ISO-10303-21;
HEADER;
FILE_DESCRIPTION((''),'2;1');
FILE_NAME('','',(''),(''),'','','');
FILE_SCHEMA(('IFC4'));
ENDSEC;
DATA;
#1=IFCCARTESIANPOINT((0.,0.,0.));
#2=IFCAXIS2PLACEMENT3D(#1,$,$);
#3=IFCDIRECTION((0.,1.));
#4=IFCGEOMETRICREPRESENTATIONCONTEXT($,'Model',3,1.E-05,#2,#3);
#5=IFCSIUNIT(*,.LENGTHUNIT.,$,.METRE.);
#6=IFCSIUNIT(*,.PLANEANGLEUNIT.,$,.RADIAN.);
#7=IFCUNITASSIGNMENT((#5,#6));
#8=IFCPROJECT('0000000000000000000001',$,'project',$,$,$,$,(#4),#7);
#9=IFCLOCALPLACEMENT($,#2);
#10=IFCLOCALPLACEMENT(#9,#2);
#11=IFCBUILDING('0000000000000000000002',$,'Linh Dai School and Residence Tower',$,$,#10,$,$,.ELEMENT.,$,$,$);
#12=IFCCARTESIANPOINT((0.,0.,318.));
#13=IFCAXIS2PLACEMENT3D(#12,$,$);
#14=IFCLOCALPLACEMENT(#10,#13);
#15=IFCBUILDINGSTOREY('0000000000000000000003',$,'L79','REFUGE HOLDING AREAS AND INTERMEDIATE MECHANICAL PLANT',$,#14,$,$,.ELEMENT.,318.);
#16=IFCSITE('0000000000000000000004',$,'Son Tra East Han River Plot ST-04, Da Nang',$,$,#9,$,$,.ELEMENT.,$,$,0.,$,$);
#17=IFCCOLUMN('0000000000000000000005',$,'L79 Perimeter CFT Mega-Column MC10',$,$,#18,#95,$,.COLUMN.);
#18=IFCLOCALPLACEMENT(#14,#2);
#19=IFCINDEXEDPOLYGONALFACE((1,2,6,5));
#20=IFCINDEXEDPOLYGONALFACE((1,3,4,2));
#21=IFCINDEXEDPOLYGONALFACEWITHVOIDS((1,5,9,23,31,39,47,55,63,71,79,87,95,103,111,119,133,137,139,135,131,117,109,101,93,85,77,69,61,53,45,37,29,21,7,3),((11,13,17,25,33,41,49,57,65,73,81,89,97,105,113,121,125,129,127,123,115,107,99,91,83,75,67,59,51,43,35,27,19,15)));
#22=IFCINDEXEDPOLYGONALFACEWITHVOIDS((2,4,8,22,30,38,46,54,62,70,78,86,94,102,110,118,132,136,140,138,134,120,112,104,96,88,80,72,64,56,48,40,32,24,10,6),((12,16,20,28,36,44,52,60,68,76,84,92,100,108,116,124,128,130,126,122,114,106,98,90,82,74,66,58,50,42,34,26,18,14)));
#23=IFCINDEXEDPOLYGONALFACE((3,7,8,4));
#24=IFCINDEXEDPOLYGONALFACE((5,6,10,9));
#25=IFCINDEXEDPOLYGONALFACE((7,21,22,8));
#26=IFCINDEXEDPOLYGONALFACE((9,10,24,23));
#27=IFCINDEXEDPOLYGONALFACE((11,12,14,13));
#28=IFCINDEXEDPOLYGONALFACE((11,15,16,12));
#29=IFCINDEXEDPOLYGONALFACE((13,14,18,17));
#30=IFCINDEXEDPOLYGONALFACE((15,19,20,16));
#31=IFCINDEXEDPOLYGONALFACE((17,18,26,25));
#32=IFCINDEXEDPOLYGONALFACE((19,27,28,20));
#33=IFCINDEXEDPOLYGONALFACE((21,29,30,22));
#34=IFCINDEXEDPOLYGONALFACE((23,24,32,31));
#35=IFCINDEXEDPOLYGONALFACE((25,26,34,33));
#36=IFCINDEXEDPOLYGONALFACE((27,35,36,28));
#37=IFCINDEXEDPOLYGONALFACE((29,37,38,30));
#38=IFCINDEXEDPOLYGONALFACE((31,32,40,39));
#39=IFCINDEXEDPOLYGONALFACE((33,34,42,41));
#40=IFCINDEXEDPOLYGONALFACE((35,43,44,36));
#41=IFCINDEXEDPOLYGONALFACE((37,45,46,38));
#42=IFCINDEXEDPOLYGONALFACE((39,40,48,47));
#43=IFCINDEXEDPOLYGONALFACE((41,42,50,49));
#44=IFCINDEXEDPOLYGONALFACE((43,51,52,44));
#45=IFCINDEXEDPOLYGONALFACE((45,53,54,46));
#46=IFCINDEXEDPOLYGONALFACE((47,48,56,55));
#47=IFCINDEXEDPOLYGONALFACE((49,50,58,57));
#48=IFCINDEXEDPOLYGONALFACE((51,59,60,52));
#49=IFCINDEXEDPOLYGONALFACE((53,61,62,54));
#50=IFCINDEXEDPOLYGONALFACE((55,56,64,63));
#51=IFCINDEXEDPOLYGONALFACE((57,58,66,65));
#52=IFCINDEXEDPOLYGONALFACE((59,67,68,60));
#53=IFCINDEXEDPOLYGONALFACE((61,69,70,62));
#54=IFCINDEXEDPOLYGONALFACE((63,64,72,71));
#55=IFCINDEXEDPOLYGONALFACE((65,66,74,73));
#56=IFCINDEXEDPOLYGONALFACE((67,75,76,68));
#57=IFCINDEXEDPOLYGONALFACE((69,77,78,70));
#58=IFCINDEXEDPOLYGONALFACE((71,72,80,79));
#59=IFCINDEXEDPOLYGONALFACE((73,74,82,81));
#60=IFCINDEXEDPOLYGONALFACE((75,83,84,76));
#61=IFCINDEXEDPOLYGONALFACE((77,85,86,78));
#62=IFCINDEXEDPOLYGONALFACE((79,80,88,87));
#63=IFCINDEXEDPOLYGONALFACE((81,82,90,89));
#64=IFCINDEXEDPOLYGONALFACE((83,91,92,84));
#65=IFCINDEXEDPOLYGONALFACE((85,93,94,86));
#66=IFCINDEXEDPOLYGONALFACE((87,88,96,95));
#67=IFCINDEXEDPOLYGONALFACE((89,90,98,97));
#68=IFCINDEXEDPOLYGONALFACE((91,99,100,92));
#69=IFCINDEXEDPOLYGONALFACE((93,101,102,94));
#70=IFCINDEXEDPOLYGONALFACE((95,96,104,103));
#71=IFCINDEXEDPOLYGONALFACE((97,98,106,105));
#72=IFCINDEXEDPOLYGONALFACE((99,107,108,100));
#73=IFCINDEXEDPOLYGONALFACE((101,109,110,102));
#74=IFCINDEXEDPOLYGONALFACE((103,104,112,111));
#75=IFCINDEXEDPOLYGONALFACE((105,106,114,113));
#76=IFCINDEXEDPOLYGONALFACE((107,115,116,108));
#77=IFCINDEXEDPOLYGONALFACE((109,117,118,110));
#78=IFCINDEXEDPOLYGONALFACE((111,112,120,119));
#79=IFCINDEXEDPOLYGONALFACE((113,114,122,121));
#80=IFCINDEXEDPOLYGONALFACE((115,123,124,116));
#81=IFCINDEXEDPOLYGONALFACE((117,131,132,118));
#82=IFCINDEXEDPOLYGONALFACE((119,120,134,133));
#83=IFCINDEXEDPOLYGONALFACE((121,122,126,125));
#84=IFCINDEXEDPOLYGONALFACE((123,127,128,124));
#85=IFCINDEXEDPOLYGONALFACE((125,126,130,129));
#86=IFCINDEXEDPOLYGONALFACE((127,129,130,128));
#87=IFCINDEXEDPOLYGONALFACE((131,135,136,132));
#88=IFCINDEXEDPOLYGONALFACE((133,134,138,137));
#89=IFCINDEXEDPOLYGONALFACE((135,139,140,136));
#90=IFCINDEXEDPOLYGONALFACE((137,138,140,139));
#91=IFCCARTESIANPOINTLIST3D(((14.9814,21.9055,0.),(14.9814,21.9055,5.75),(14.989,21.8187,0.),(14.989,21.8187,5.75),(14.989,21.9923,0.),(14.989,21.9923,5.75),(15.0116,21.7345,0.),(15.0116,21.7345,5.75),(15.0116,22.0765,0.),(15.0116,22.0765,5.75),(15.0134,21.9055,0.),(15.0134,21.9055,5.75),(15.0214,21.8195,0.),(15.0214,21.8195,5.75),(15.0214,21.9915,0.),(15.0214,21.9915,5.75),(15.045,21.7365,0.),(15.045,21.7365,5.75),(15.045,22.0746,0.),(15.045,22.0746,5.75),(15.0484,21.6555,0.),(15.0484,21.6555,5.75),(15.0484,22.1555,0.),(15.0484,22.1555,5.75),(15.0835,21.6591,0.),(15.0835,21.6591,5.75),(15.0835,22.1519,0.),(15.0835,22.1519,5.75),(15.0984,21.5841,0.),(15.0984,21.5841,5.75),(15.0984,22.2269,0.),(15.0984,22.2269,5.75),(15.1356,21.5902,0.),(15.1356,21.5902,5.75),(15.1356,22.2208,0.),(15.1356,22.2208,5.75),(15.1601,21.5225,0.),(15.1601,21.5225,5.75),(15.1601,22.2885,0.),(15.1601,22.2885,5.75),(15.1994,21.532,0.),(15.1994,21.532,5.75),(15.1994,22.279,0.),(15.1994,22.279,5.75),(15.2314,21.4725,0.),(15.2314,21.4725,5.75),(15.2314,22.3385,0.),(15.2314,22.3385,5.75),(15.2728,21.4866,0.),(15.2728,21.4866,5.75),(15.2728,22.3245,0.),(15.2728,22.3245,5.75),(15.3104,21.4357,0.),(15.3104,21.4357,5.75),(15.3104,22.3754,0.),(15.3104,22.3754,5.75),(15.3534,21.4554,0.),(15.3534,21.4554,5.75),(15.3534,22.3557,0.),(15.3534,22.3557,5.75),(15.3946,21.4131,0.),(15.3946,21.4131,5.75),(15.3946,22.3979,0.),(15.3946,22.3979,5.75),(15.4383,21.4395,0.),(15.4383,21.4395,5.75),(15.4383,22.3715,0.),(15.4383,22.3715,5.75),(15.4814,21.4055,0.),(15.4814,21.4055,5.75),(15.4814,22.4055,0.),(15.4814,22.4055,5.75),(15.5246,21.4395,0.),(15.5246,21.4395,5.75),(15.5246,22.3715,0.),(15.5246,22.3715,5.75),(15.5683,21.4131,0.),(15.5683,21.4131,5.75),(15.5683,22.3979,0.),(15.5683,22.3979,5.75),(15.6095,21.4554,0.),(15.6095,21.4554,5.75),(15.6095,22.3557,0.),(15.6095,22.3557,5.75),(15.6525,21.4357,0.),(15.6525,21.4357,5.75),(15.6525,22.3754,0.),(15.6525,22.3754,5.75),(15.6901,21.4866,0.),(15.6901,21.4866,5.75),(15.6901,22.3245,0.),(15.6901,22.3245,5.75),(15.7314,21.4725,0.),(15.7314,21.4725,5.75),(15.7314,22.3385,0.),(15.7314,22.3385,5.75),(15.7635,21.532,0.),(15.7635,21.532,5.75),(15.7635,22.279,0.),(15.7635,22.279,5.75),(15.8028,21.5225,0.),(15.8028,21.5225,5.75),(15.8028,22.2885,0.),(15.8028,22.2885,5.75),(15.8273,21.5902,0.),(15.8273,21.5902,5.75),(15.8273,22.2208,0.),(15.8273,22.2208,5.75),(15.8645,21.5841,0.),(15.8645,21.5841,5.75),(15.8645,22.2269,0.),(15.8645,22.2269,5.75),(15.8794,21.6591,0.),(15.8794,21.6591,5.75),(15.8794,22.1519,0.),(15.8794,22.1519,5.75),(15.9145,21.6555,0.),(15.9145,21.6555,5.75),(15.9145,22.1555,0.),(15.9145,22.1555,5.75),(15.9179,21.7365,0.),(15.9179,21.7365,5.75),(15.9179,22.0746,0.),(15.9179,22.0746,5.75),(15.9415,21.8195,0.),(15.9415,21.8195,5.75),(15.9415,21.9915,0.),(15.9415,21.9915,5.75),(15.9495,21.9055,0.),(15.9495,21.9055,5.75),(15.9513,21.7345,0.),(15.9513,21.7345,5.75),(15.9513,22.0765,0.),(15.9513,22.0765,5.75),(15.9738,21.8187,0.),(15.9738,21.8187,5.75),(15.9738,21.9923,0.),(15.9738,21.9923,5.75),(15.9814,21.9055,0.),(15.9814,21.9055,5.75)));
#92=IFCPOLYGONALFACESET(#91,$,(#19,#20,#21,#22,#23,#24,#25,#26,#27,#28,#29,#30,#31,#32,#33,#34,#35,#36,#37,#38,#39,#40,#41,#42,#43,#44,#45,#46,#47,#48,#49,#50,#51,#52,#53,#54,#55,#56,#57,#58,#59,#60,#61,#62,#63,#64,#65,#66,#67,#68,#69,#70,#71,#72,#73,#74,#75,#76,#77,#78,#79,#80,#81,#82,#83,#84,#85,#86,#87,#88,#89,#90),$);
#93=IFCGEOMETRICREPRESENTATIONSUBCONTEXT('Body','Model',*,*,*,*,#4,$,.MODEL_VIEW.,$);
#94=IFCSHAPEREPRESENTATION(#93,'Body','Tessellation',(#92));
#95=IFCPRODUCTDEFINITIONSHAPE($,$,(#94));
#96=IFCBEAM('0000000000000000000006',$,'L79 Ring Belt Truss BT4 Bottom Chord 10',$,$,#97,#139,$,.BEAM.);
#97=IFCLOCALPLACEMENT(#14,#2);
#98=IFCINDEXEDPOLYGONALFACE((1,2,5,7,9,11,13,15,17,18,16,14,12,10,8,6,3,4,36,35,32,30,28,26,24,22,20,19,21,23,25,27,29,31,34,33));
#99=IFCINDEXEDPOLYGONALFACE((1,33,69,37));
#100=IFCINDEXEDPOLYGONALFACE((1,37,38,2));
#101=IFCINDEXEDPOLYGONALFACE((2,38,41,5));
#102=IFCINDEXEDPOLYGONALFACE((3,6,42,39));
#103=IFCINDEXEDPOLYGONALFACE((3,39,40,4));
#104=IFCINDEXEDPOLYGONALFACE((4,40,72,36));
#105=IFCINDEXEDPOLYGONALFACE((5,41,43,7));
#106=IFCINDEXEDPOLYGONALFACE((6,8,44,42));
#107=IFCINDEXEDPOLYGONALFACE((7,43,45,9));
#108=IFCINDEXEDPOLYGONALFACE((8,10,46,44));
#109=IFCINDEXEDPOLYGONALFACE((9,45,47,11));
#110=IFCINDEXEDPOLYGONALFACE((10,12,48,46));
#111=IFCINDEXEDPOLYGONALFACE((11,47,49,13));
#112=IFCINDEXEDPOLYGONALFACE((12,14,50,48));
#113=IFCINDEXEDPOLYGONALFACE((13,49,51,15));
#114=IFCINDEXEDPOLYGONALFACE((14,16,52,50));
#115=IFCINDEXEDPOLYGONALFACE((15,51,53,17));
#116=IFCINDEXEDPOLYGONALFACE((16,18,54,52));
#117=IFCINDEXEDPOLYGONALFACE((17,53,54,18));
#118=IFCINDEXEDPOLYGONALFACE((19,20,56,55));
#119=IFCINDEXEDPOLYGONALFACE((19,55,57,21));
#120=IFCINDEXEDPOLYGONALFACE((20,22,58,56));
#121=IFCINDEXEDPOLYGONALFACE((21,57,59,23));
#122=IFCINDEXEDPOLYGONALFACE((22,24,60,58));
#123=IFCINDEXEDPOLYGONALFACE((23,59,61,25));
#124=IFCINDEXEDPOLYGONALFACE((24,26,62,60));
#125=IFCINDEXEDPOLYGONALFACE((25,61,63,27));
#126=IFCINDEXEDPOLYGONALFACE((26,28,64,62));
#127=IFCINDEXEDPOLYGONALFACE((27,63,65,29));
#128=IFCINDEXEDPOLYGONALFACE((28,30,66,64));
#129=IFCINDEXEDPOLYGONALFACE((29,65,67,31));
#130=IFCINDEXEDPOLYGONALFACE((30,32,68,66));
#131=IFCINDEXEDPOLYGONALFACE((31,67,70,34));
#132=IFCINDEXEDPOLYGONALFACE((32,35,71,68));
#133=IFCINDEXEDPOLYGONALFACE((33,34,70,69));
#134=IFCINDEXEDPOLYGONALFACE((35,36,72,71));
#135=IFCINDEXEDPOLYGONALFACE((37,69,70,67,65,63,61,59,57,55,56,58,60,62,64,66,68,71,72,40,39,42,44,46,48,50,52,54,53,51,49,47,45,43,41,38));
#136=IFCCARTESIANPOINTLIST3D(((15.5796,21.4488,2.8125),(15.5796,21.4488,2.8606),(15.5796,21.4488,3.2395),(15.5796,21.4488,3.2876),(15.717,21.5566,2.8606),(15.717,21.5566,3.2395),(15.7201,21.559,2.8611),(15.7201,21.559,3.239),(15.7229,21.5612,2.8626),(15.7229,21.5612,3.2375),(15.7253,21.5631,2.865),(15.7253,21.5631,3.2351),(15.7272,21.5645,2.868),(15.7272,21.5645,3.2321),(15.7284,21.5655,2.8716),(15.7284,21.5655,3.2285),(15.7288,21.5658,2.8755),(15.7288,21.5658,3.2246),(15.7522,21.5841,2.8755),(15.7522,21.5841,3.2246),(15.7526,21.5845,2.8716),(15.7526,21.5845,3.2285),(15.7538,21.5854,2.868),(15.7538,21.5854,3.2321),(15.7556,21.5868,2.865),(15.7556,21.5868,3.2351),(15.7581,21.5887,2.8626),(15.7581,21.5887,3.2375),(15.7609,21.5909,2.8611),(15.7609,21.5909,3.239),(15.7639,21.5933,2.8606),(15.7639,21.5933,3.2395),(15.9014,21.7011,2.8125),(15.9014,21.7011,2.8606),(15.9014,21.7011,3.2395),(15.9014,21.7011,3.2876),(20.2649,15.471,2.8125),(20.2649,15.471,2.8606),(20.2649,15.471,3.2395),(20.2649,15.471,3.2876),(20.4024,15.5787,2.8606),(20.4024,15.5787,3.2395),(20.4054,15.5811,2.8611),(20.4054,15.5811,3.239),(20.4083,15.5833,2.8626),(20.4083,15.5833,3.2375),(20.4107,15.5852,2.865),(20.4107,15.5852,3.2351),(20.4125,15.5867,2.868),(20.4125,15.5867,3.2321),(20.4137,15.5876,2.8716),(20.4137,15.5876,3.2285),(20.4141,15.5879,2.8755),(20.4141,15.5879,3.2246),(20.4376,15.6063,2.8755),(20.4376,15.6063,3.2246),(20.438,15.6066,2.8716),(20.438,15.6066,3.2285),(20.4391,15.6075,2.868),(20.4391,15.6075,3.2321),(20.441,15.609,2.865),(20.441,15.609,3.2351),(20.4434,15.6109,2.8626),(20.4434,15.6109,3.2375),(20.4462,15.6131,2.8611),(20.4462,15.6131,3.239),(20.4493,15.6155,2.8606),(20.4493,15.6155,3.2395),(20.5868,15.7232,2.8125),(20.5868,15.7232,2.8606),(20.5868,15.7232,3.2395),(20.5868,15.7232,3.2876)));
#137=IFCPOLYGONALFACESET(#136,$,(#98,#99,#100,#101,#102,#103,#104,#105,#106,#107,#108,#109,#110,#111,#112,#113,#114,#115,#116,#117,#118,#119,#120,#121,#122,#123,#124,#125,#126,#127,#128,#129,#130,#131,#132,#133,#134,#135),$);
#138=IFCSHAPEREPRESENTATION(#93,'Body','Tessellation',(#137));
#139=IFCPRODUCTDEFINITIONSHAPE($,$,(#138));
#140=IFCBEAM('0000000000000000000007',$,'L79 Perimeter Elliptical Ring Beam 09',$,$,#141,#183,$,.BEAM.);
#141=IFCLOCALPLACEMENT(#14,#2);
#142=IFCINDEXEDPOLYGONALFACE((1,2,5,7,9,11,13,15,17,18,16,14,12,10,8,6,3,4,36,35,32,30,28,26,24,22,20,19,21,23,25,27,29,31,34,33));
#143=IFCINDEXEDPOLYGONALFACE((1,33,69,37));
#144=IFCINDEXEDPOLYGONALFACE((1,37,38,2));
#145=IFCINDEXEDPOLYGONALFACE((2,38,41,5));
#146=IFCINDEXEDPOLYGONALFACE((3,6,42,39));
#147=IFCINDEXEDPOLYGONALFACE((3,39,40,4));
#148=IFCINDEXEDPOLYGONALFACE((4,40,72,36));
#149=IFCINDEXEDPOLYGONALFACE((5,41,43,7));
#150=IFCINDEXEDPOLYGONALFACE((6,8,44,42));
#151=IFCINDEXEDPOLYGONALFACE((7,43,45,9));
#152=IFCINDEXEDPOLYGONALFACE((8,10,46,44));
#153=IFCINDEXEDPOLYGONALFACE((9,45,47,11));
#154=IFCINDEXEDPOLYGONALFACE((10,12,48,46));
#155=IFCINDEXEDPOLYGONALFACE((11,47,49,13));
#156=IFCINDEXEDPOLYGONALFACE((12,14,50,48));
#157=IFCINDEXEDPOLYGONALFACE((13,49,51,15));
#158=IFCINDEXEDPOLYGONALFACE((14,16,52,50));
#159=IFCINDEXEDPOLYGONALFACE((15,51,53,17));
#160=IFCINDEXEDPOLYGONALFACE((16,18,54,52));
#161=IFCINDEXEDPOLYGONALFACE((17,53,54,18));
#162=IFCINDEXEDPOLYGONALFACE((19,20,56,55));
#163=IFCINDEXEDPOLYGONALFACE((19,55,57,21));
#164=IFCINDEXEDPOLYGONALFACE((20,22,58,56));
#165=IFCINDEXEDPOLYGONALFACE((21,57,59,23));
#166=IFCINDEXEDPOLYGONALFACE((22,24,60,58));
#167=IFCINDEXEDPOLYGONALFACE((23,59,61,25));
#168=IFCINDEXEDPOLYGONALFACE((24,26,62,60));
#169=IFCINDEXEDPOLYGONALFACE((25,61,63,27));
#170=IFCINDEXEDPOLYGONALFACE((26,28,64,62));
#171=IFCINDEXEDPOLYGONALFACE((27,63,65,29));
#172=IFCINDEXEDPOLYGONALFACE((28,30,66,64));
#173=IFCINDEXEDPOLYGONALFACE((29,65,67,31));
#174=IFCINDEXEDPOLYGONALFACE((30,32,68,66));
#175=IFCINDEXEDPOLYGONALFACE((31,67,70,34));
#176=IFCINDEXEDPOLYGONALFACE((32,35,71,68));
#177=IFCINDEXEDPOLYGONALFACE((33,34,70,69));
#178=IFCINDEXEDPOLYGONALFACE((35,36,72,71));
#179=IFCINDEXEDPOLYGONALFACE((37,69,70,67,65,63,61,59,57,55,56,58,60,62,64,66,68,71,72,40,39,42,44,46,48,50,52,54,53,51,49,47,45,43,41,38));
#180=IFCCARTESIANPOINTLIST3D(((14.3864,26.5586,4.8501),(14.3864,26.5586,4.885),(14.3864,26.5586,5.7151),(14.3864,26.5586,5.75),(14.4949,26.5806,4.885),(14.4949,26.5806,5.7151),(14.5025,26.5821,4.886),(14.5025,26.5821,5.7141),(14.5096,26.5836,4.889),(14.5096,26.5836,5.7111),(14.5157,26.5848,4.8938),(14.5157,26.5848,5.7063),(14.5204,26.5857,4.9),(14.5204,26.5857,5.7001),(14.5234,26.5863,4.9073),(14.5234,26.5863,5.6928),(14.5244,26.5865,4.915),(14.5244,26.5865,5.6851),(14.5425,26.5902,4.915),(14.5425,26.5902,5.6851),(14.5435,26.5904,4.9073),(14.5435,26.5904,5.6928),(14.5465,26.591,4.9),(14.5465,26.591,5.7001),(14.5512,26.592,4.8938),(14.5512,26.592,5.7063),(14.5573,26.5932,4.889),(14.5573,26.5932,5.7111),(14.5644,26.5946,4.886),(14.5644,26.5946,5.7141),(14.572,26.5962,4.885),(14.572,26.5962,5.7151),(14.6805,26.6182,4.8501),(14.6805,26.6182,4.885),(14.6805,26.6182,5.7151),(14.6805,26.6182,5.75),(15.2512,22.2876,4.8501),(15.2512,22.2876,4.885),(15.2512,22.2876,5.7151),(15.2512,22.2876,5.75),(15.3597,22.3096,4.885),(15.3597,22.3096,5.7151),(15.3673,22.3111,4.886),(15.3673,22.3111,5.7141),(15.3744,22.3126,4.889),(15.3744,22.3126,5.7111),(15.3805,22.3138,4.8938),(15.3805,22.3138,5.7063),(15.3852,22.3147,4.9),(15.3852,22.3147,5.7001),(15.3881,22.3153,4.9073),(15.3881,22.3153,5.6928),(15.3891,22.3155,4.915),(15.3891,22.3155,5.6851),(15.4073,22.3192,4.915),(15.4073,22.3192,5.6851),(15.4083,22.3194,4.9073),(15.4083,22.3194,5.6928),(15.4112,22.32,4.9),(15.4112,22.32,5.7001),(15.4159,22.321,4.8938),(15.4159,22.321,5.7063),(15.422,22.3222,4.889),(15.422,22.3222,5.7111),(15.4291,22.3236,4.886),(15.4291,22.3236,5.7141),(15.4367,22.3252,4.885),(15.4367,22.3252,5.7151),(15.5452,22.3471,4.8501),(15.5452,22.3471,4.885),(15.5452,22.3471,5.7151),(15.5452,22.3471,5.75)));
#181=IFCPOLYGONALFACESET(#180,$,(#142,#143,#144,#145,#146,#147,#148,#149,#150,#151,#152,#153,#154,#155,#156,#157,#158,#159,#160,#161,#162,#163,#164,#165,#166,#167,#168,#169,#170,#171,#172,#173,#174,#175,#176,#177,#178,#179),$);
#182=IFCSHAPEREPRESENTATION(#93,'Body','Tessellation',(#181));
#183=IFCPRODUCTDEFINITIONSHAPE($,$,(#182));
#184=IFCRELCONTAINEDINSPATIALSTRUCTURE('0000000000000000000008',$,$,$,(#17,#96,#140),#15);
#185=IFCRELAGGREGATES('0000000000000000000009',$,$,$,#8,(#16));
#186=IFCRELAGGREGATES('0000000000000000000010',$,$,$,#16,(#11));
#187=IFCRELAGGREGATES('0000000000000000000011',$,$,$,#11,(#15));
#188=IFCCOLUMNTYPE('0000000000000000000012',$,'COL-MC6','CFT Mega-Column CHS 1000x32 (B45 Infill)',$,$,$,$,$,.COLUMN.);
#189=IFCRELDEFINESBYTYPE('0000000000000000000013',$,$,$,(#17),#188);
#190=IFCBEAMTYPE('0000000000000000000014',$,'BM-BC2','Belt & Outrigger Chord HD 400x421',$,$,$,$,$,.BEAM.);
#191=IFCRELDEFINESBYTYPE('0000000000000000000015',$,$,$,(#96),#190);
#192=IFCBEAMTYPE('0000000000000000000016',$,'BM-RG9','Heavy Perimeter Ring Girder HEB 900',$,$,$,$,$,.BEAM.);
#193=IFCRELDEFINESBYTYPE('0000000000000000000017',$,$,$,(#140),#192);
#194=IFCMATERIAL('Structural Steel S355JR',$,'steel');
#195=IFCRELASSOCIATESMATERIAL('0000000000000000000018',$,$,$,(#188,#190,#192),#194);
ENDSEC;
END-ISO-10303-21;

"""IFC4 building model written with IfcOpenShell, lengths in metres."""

from ifc_helpers import new_model, si_unit, direction, frame, origin, origin_2d, place, context, subcontext, project, spatial, hollow_circle, i_section, extrude, material, material_profile, profile_set, type_object, element, save


model = new_model("IFC4")

# Units and contexts
model_context = context("Model", 3, precision=1e-05, world=origin(), true_north=direction((0.0, 1.0)))
body_context = subcontext(model_context, "Body", "Model", "MODEL_VIEW")
ifc_project = project(units=[si_unit("LENGTHUNIT", "METRE"), si_unit("PLANEANGLEUNIT", "RADIAN")], contexts=[model_context])

# Site, building, storey
site_placement = place(None, origin())
site = spatial("IfcSite", under=ifc_project, at=site_placement, Name="Son Tra East Han River Plot ST-04, Da Nang", CompositionType="ELEMENT", RefElevation=0.0)
building_placement = place(site_placement, origin())
building = spatial("IfcBuilding", under=site, at=building_placement, Name="Linh Dai School and Residence Tower", CompositionType="ELEMENT")
storey_placement = place(building_placement, frame((0.0, 0.0, 318.0)))
storey = spatial("IfcBuildingStorey", under=building, at=storey_placement, Name="L79", Description="REFUGE HOLDING AREAS AND INTERMEDIATE MECHANICAL PLANT", CompositionType="ELEMENT", Elevation=318.0)

# Column
ifc_material_1 = material(Name="Structural Steel S355JR", Category="steel")
ifc_material_profile_1 = material_profile(ifc_material_1, hollow_circle(Radius=0.5, WallThickness=0.032, at=origin_2d()), Name="CHS 1000x32")
ifc_profile_set_1 = profile_set([ifc_material_profile_1], Name="Structural Steel S355JR")
column_type = type_object("IfcColumnType", Name="COL-MC6", Description="CFT Mega-Column CHS 1000x32 (B45 Infill)", PredefinedType="COLUMN", material=ifc_profile_set_1)
column_placement = place(storey_placement, frame((15.4814, 21.9055, 0.0), z_axis=(0.0, 0.0, 1.0), x_axis=(1.0, 0.0, 0.0)))
element("IfcColumn", 1, at=column_placement, inside=storey, type_object=column_type, Name="L79 Perimeter CFT Mega-Column MC10", PredefinedType="COLUMN", context=body_context, shape_type="SweptSolid", body=[
    extrude(hollow_circle(Radius=0.5, WallThickness=0.032, at=origin_2d()), origin(), (0.0, 0.0, 1.0), 5.75),
])

# Beams
ifc_material_profile_2 = material_profile(ifc_material_1, i_section(OverallWidth=0.4089, OverallDepth=0.4751, WebThickness=0.0298, FlangeThickness=0.0481, FilletRadius=0.0149, at=origin_2d()), Name="HD 400x421")
ifc_profile_set_2 = profile_set([ifc_material_profile_2], Name="Structural Steel S355JR")
beam_type_1 = type_object("IfcBeamType", Name="BM-BC2", Description="Belt & Outrigger Chord HD 400x421", PredefinedType="BEAM", material=ifc_profile_set_2)
beam_1_placement = place(storey_placement, frame((15.7405, 21.575, 3.05), z_axis=(0.616883, -0.787055, 0.0), x_axis=(0.787055, 0.616883, 0.0)))
element("IfcBeam", 2, at=beam_1_placement, inside=storey, type_object=beam_type_1, Name="L79 Ring Belt Truss BT4 Bottom Chord 10", PredefinedType="BEAM", context=body_context, shape_type="SweptSolid", body=[
    extrude(i_section(OverallWidth=0.4089, OverallDepth=0.4751, WebThickness=0.0298, FlangeThickness=0.0481, FilletRadius=0.0149, at=origin_2d()), origin(), (0.0, 0.0, 1.0), 7.5952),
])
ifc_material_profile_3 = material_profile(ifc_material_1, i_section(OverallWidth=0.3, OverallDepth=0.8999, WebThickness=0.0186, FlangeThickness=0.0349, FilletRadius=0.03, at=origin_2d()), Name="HEB 900")
ifc_profile_set_3 = profile_set([ifc_material_profile_3], Name="Structural Steel S355JR")
beam_type_2 = type_object("IfcBeamType", Name="BM-RG9", Description="Heavy Perimeter Ring Girder HEB 900", PredefinedType="BEAM", material=ifc_profile_set_3)
beam_2_placement = place(storey_placement, frame((14.5334, 26.5884, 5.3), z_axis=(0.198443, -0.980112, 0.0), x_axis=(0.980112, 0.198443, 0.0)))
element("IfcBeam", 3, at=beam_2_placement, inside=storey, type_object=beam_type_2, Name="L79 Perimeter Elliptical Ring Beam 09", PredefinedType="BEAM", context=body_context, shape_type="SweptSolid", body=[
    extrude(i_section(OverallWidth=0.3, OverallDepth=0.8999, WebThickness=0.0186, FlangeThickness=0.0349, FilletRadius=0.03, at=origin_2d()), origin(), (0.0, 0.0, 1.0), 4.3577),
])

save(model, "model.ifc")
